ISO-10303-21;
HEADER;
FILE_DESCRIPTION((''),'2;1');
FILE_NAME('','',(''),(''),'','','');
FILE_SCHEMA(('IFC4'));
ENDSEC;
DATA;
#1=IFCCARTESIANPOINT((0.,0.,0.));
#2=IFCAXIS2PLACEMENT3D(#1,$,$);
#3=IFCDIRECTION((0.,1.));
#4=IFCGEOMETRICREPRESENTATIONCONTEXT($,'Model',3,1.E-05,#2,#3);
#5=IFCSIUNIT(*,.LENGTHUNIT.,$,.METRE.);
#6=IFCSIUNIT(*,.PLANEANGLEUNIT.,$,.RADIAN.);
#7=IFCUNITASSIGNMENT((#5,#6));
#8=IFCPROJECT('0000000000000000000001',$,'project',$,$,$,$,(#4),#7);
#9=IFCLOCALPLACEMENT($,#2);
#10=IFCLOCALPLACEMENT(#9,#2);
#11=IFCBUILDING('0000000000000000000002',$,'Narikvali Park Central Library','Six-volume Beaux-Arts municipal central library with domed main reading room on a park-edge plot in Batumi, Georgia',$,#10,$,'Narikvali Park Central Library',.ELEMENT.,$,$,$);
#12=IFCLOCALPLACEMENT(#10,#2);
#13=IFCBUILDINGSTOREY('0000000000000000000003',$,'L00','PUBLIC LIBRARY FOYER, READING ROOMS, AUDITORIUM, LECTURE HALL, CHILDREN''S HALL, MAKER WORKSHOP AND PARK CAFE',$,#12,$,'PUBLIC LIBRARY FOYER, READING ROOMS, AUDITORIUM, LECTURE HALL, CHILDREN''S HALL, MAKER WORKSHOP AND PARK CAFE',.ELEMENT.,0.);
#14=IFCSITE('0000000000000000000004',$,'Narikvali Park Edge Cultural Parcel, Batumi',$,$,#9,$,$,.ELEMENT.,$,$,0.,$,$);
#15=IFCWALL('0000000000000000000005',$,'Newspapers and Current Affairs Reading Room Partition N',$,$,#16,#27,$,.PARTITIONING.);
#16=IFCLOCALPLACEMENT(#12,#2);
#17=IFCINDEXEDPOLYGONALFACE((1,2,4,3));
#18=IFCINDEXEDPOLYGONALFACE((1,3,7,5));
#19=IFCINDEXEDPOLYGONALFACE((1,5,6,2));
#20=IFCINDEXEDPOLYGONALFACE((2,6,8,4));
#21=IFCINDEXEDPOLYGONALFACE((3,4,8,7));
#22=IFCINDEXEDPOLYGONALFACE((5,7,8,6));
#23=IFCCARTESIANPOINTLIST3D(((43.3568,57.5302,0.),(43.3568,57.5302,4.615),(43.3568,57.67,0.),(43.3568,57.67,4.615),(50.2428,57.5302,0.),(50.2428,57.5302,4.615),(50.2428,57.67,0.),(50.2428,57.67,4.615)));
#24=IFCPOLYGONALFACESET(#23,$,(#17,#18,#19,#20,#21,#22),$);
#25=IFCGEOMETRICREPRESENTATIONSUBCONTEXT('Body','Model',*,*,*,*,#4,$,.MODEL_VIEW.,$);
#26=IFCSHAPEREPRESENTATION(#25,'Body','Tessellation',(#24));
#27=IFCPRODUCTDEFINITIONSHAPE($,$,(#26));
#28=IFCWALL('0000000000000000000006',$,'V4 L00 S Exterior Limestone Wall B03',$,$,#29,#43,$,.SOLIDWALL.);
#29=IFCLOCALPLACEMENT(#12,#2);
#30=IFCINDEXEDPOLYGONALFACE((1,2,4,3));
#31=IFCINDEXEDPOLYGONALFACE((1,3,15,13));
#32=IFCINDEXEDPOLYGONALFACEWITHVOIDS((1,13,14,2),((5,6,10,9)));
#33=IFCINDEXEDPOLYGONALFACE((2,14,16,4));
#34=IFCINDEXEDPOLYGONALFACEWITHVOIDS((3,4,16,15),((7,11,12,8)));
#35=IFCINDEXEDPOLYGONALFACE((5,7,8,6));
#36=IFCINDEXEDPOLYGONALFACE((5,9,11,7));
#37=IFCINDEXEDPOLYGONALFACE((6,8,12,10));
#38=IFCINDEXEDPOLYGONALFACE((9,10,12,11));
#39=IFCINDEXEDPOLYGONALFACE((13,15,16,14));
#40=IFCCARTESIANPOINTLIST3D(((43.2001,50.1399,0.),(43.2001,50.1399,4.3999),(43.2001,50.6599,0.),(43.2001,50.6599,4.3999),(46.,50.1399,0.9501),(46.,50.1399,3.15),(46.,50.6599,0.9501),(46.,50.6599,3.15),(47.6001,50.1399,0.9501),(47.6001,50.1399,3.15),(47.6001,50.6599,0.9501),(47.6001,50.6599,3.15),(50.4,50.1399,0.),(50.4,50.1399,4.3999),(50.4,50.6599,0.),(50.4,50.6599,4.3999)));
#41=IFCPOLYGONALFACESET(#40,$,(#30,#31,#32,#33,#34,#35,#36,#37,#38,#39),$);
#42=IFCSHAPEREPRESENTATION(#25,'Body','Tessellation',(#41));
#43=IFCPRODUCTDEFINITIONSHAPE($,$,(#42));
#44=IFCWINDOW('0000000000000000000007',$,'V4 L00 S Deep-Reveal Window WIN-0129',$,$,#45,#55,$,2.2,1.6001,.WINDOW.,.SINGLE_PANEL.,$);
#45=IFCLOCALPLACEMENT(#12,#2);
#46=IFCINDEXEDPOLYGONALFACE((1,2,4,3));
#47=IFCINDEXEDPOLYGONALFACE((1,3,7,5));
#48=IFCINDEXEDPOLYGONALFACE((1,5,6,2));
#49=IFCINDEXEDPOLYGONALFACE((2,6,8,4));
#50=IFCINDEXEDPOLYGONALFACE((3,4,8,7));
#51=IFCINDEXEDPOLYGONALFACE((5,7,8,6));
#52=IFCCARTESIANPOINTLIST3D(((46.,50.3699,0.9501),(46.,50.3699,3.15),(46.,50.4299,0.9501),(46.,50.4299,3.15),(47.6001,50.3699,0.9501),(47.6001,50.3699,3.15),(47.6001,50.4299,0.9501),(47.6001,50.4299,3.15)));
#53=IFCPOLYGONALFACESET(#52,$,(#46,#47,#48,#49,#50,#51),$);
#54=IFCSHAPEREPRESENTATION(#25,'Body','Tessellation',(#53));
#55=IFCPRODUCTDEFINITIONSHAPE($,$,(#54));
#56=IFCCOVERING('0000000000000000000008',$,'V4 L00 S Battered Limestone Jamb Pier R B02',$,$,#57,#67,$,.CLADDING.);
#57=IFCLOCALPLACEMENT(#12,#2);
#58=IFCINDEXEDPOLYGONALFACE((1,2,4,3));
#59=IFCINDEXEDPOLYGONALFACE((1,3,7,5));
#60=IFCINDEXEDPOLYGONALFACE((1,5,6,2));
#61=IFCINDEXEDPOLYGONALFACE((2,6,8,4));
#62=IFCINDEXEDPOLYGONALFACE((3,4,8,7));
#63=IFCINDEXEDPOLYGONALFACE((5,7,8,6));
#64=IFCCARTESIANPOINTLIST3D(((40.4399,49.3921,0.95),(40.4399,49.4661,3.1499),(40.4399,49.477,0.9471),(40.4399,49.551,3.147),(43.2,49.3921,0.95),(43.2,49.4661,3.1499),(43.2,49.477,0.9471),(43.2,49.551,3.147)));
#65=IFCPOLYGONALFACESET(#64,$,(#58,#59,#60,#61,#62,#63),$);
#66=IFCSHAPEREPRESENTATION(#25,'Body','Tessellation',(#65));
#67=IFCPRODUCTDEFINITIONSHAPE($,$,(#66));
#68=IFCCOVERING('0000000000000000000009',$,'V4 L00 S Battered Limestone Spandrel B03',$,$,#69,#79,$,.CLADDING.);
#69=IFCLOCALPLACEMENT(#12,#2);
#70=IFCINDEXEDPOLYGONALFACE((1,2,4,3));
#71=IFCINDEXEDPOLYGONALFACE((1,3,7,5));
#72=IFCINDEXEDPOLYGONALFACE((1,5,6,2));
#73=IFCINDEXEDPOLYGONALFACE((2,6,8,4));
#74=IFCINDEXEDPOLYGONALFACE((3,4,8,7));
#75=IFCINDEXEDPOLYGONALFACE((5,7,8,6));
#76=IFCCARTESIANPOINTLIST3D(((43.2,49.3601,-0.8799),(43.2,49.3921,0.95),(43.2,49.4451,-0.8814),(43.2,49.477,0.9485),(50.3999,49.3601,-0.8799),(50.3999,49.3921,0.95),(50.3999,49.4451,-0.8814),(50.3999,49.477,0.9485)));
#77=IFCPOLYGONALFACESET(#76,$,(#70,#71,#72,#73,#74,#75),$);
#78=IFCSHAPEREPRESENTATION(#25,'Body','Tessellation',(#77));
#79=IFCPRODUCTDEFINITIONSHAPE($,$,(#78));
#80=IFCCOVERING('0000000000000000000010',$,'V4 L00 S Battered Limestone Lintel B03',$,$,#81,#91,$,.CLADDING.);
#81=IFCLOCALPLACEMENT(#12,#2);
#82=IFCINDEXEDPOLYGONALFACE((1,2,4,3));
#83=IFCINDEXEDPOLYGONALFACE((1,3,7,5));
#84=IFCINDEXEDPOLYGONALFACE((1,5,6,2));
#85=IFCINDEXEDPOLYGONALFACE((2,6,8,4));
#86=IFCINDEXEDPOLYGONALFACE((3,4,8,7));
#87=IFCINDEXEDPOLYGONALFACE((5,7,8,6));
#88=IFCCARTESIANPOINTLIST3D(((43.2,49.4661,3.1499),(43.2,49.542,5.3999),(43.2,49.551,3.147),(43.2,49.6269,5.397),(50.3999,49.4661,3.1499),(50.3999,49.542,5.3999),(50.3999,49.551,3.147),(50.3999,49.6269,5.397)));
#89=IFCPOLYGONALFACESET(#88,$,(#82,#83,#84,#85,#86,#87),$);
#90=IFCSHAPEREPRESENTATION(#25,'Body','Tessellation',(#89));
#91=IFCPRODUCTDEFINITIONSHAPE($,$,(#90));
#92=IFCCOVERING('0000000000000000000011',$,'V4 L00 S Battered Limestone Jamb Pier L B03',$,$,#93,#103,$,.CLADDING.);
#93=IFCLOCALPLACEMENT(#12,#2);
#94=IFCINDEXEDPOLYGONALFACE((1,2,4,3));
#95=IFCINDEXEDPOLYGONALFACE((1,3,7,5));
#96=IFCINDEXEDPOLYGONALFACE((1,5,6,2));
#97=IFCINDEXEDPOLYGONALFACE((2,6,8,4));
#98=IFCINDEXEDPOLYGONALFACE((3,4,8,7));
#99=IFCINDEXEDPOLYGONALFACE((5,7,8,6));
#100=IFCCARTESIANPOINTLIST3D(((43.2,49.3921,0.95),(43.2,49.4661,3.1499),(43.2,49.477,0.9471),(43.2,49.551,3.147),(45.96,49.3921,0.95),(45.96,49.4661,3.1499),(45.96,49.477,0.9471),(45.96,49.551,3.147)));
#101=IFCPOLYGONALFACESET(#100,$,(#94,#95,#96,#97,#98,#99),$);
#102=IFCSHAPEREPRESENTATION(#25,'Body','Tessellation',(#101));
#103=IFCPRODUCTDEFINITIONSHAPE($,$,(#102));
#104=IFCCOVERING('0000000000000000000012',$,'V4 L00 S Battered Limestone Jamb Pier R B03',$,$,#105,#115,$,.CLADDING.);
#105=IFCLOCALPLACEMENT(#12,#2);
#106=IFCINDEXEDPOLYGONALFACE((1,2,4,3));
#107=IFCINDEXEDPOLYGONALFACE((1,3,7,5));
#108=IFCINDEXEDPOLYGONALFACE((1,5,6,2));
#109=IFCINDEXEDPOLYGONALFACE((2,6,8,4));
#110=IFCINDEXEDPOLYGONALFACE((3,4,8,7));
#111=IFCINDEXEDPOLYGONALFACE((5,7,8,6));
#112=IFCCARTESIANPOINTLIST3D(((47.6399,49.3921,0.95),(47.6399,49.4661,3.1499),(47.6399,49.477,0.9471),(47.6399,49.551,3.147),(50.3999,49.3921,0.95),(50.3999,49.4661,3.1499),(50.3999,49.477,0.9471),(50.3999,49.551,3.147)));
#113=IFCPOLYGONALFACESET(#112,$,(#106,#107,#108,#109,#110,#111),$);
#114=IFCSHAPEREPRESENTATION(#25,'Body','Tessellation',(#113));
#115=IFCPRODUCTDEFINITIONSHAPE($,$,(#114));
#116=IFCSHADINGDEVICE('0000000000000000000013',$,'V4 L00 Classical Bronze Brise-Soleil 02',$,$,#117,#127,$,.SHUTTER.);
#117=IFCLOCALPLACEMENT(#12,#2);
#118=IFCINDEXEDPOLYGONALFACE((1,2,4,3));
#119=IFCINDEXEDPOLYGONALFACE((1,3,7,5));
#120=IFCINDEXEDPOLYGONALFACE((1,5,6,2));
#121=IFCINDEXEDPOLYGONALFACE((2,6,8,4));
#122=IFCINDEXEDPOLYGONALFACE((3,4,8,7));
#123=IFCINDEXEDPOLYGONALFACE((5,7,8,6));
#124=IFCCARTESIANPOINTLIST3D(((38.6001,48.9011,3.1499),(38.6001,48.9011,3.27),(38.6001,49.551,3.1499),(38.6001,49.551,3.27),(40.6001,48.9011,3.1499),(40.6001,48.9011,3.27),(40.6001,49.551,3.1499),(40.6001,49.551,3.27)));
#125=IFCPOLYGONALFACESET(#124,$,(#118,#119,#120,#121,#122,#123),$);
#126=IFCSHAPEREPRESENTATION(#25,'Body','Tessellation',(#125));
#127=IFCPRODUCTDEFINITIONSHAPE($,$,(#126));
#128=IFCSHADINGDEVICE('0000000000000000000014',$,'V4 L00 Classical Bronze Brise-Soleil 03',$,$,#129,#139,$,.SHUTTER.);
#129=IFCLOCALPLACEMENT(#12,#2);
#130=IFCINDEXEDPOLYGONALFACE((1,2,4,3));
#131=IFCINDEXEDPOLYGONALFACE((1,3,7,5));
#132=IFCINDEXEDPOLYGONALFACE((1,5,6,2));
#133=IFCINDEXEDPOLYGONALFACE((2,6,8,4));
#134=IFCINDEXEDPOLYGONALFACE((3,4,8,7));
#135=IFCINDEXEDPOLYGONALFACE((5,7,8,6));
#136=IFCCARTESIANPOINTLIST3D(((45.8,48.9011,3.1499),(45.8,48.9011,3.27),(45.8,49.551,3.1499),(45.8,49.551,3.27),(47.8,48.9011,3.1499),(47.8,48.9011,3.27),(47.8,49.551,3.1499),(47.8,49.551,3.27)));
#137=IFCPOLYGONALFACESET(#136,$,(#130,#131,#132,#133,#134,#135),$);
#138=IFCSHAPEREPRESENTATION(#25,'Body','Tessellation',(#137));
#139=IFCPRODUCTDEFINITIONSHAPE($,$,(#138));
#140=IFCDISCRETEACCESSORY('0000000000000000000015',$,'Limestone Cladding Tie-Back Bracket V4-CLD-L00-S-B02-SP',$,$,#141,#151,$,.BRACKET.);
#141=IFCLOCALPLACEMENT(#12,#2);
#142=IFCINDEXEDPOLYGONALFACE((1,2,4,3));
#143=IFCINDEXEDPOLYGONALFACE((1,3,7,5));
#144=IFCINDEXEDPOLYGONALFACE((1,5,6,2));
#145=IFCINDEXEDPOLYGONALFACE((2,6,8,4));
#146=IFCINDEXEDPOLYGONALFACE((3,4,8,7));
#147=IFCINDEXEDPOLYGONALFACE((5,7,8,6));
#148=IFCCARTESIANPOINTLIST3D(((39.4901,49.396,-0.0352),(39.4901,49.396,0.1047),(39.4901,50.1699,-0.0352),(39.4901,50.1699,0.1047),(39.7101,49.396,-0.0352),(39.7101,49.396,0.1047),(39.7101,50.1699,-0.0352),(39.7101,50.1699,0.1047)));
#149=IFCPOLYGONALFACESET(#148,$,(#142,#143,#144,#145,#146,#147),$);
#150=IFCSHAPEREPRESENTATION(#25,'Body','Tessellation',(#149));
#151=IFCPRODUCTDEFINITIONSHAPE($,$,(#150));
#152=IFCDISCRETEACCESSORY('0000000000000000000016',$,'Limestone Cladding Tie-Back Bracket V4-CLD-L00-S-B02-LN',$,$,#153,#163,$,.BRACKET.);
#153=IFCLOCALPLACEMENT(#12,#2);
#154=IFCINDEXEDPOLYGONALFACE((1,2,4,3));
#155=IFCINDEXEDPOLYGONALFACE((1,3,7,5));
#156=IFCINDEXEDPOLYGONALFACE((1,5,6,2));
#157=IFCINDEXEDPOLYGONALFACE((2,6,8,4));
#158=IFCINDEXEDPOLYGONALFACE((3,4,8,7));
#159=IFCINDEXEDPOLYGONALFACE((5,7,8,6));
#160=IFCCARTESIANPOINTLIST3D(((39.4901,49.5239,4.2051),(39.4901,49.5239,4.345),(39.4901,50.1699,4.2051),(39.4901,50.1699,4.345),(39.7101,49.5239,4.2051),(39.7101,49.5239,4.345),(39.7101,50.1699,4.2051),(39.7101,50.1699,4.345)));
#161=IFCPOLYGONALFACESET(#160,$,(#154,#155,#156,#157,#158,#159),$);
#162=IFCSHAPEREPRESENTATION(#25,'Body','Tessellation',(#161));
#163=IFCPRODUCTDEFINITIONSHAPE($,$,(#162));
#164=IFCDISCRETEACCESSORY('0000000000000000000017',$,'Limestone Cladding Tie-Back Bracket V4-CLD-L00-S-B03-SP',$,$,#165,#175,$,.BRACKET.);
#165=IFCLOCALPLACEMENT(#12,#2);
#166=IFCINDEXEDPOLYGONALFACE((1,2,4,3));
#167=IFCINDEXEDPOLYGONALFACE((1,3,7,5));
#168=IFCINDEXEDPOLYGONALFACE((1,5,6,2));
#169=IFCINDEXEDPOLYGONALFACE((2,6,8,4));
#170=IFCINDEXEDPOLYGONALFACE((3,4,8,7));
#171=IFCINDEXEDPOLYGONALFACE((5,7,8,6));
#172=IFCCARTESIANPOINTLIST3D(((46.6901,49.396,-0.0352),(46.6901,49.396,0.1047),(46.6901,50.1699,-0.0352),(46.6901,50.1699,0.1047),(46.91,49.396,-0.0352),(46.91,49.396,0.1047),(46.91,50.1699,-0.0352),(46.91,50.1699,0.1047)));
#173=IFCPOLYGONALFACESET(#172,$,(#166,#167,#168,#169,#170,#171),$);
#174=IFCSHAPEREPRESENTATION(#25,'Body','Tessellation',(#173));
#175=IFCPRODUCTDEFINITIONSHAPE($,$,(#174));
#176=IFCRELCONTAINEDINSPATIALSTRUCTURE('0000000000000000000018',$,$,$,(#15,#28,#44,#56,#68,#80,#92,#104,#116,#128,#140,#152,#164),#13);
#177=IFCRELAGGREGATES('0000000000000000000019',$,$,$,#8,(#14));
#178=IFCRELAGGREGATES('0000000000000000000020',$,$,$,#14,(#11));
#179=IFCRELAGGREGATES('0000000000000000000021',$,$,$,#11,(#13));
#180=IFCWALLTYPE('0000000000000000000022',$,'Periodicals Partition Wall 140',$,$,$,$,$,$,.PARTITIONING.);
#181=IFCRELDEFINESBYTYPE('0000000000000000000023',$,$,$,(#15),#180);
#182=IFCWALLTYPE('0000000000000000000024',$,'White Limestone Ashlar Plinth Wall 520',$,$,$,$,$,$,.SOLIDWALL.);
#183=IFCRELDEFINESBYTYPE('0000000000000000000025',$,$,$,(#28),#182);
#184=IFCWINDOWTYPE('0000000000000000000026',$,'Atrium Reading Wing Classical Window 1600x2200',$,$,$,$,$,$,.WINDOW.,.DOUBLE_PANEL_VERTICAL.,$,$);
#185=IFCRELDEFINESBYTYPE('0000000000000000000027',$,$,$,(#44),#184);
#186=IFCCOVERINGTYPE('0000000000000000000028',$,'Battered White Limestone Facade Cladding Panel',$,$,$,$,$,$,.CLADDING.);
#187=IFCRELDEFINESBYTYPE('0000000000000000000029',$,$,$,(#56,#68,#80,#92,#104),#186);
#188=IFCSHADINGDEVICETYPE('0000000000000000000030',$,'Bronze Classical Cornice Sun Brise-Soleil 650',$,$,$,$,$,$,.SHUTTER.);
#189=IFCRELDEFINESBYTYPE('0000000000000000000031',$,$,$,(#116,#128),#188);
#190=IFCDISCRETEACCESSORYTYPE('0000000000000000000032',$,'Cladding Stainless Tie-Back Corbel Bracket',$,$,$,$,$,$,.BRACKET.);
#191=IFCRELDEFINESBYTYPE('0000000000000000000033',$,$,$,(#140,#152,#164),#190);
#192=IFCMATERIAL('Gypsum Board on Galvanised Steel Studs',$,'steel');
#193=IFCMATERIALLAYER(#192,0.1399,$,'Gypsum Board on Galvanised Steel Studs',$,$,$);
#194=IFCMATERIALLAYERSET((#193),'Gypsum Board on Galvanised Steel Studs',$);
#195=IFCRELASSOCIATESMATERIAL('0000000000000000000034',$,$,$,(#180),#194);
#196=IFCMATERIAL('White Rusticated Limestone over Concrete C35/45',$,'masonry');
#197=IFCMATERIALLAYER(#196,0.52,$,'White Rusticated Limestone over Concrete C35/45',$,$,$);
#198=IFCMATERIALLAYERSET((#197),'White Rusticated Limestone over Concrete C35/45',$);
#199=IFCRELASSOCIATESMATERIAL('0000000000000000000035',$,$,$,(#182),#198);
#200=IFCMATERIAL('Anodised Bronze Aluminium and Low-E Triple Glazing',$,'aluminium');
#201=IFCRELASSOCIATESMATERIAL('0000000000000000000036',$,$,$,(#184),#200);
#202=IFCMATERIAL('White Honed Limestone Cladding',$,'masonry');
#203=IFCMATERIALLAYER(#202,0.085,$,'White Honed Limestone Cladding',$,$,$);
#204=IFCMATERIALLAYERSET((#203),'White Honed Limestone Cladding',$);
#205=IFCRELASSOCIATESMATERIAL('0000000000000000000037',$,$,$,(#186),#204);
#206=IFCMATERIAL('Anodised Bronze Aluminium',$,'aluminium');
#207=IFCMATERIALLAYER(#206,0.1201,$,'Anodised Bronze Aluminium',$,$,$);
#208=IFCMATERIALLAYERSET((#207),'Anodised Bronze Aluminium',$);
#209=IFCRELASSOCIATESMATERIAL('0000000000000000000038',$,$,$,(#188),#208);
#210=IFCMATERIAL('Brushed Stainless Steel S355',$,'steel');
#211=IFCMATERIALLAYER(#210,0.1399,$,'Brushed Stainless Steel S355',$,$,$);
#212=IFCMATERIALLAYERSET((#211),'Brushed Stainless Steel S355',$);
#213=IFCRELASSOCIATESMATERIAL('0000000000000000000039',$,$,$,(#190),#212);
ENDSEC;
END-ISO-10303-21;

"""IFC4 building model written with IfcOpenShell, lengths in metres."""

from ifc_helpers import new_model, si_unit, direction, frame, frame_2d, origin, origin_2d, place, context, subcontext, project, spatial, polyline, rectangle, outline, extrude, material, layer, layer_set, type_object, element, fill, save


model = new_model("IFC4")

# Units and contexts
model_context = context("Model", 3, precision=1e-05, world=origin(), true_north=direction((0.0, 1.0)))
body_context = subcontext(model_context, "Body", "Model", "MODEL_VIEW")
ifc_project = project(units=[si_unit("LENGTHUNIT", "METRE"), si_unit("PLANEANGLEUNIT", "RADIAN")], contexts=[model_context])

# Site, building, storey
site_placement = place(None, origin())
site = spatial("IfcSite", under=ifc_project, at=site_placement, Name="Narikvali Park Edge Cultural Parcel, Batumi", CompositionType="ELEMENT", RefElevation=0.0)
building_placement = place(site_placement, origin())
building = spatial("IfcBuilding", under=site, at=building_placement, Name="Narikvali Park Central Library", Description="Six-volume Beaux-Arts municipal central library with domed main reading room on a park-edge plot in Batumi, Georgia", LongName="Narikvali Park Central Library", CompositionType="ELEMENT")
storey_placement = place(building_placement, origin())
storey = spatial("IfcBuildingStorey", under=building, at=storey_placement, Name="L00", Description="PUBLIC LIBRARY FOYER, READING ROOMS, AUDITORIUM, LECTURE HALL, CHILDREN'S HALL, MAKER WORKSHOP AND PARK CAFE", LongName="PUBLIC LIBRARY FOYER, READING ROOMS, AUDITORIUM, LECTURE HALL, CHILDREN'S HALL, MAKER WORKSHOP AND PARK CAFE", CompositionType="ELEMENT", Elevation=0.0)

# Wall
ifc_material_1 = material(Name="Gypsum Board on Galvanised Steel Studs", Category="steel")
ifc_layer_1 = layer(ifc_material_1, 0.1399, Name="Gypsum Board on Galvanised Steel Studs")
ifc_layer_set_1 = layer_set([ifc_layer_1], Name="Gypsum Board on Galvanised Steel Studs")
wall_type_1 = type_object("IfcWallType", Name="Periodicals Partition Wall 140", PredefinedType="PARTITIONING", material=ifc_layer_set_1)
wall_1_placement = place(storey_placement, frame((43.3569, 57.6001, 0.0), z_axis=(0.0, 0.0, 1.0), x_axis=(1.0, 0.0, 0.0)))
element("IfcWall", 1, at=wall_1_placement, inside=storey, type_object=wall_type_1, Name="Newspapers and Current Affairs Reading Room Partition N", PredefinedType="PARTITIONING", context=body_context, shape_type="SweptSolid", body=[
    extrude(rectangle(XDim=6.886, YDim=0.1399, at=frame_2d((3.4429, 0.0))), origin(), (0.0, 0.0, 1.0), 4.615),
])

# Wall, opening, window
ifc_material_2 = material(Name="White Rusticated Limestone over Concrete C35/45", Category="masonry")
ifc_layer_2 = layer(ifc_material_2, 0.52, Name="White Rusticated Limestone over Concrete C35/45")
ifc_layer_set_2 = layer_set([ifc_layer_2], Name="White Rusticated Limestone over Concrete C35/45")
wall_type_2 = type_object("IfcWallType", Name="White Limestone Ashlar Plinth Wall 520", PredefinedType="SOLIDWALL", material=ifc_layer_set_2)
wall_2_placement = place(storey_placement, frame((43.2, 50.3999, 0.0), z_axis=(0.0, 0.0, 1.0), x_axis=(1.0, 0.0, 0.0)))
wall_2 = element("IfcWall", 2, at=wall_2_placement, inside=storey, type_object=wall_type_2, Name="V4 L00 S Exterior Limestone Wall B03", PredefinedType="SOLIDWALL", context=body_context, shape_type="SweptSolid", body=[
    extrude(rectangle(XDim=7.2, YDim=0.52, at=frame_2d((3.6001, 0.0))), origin(), (0.0, 0.0, 1.0), 4.3999),
])
opening_placement = place(wall_2_placement, frame((2.8, 0.0, 0.95)))
opening = element("IfcOpeningElement", 3, at=opening_placement, cuts=wall_2, PredefinedType="OPENING", context=body_context, shape_type="SweptSolid", body=[
    extrude(rectangle(XDim=1.6001, YDim=2.2, at=frame_2d((0.8, 1.1001))), frame((0.0, 0.272, 0.0), z_axis=(0.0, -1.0, 0.0), x_axis=(1.0, 0.0, 0.0)), (0.0, 0.0, 1.0), 0.5439),
])
ifc_material_3 = material(Name="Anodised Bronze Aluminium and Low-E Triple Glazing", Category="aluminium")
window_type = type_object("IfcWindowType", Name="Atrium Reading Wing Classical Window 1600x2200", PartitioningType="DOUBLE_PANEL_VERTICAL", PredefinedType="WINDOW", material=ifc_material_3)
window_placement = place(opening_placement, origin())
window = element("IfcWindow", 4, at=window_placement, inside=storey, type_object=window_type, Name="V4 L00 S Deep-Reveal Window WIN-0129", OverallHeight=2.2, OverallWidth=1.6001, PartitioningType="SINGLE_PANEL", PredefinedType="WINDOW", context=body_context, shape_type="SweptSolid", body=[
    extrude(rectangle(XDim=1.6001, YDim=2.2, at=frame_2d((0.8, 1.1001))), frame((0.0, 0.03, 0.0), z_axis=(0.0, -1.0, 0.0), x_axis=(1.0, 0.0, 0.0)), (0.0, 0.0, 1.0), 0.0601),
])
fill(opening, window)

# Coverings
ifc_material_4 = material(Name="White Honed Limestone Cladding", Category="masonry")
ifc_layer_3 = layer(ifc_material_4, 0.085, Name="White Honed Limestone Cladding")
ifc_layer_set_3 = layer_set([ifc_layer_3], Name="White Honed Limestone Cladding")
covering_type = type_object("IfcCoveringType", Name="Battered White Limestone Facade Cladding Panel", PredefinedType="CLADDING", material=ifc_layer_set_3)
covering_1_placement = place(storey_placement, frame((40.4399, 49.3921, 0.95), z_axis=(0.0, -0.999435, 0.033607), x_axis=(1.0, 0.0, 0.0)))
element("IfcCovering", 5, at=covering_1_placement, inside=storey, type_object=covering_type, Name="V4 L00 S Battered Limestone Jamb Pier R B02", PredefinedType="CLADDING", context=body_context, shape_type="SweptSolid", body=[
    extrude(outline(polyline([(0.0, 0.0), (2.76, 0.0), (2.76, 2.2012), (0.0, 2.2012), (0.0, 0.0)])), origin(), (0.0, 0.0, -1.0), 0.085),
])
covering_2_placement = place(storey_placement, frame((43.2, 49.3601, -0.8799), z_axis=(0.0, -0.999847, 0.017476), x_axis=(1.0, 0.0, 0.0)))
element("IfcCovering", 6, at=covering_2_placement, inside=storey, type_object=covering_type, Name="V4 L00 S Battered Limestone Spandrel B03", PredefinedType="CLADDING", context=body_context, shape_type="SweptSolid", body=[
    extrude(outline(polyline([(0.0, 0.0), (7.2, 0.0), (7.2, 1.8301), (0.0, 1.8301), (0.0, 0.0)])), origin(), (0.0, 0.0, -1.0), 0.085),
])
covering_3_placement = place(storey_placement, frame((43.2, 49.4661, 3.1499), z_axis=(0.0, -0.999431, 0.033726), x_axis=(1.0, 0.0, 0.0)))
element("IfcCovering", 7, at=covering_3_placement, inside=storey, type_object=covering_type, Name="V4 L00 S Battered Limestone Lintel B03", PredefinedType="CLADDING", context=body_context, shape_type="SweptSolid", body=[
    extrude(outline(polyline([(0.0, 0.0), (7.2, 0.0), (7.2, 2.2513), (0.0, 2.2513), (0.0, 0.0)])), origin(), (0.0, 0.0, -1.0), 0.085),
])
for number, where, z_axis, x_axis, name in (
    (8, (43.2, 49.3921, 0.95), (0.0, -0.999435, 0.033607), (1.0, 0.0, 0.0), "V4 L00 S Battered Limestone Jamb Pier L B03"),
    (9, (47.6399, 49.3921, 0.95), (0.0, -0.999435, 0.033607), (1.0, 0.0, 0.0), "V4 L00 S Battered Limestone Jamb Pier R B03"),
):
    element("IfcCovering", number, at=place(storey_placement, frame(where, z_axis=z_axis, x_axis=x_axis)), inside=storey, type_object=covering_type, Name=name, PredefinedType="CLADDING", context=body_context, shape_type="SweptSolid", body=[
        extrude(outline(polyline([(0.0, 0.0), (2.76, 0.0), (2.76, 2.2012), (0.0, 2.2012), (0.0, 0.0)])), origin(), (0.0, 0.0, -1.0), 0.085),
    ])

# Shading devices
ifc_material_5 = material(Name="Anodised Bronze Aluminium", Category="aluminium")
ifc_layer_4 = layer(ifc_material_5, 0.1201, Name="Anodised Bronze Aluminium")
ifc_layer_set_4 = layer_set([ifc_layer_4], Name="Anodised Bronze Aluminium")
shading_device_type = type_object("IfcShadingDeviceType", Name="Bronze Classical Cornice Sun Brise-Soleil 650", PredefinedType="SHUTTER", material=ifc_layer_set_4)
for number, where, z_axis, x_axis, name in (
    (10, (39.6001, 49.2261, 3.1499), (0.0, 0.0, 1.0), (1.0, 0.0, 0.0), "V4 L00 Classical Bronze Brise-Soleil 02"),
    (11, (46.8, 49.2261, 3.1499), (0.0, 0.0, 1.0), (1.0, 0.0, 0.0), "V4 L00 Classical Bronze Brise-Soleil 03"),
):
    element("IfcShadingDevice", number, at=place(storey_placement, frame(where, z_axis=z_axis, x_axis=x_axis)), inside=storey, type_object=shading_device_type, Name=name, PredefinedType="SHUTTER", context=body_context, shape_type="SweptSolid", body=[
        extrude(rectangle(XDim=2.0, YDim=0.6499, at=origin_2d()), origin(), (0.0, 0.0, 1.0), 0.1201),
    ])

# Discrete accessories
ifc_material_6 = material(Name="Brushed Stainless Steel S355", Category="steel")
ifc_layer_5 = layer(ifc_material_6, 0.1399, Name="Brushed Stainless Steel S355")
ifc_layer_set_5 = layer_set([ifc_layer_5], Name="Brushed Stainless Steel S355")
discrete_accessory_type = type_object("IfcDiscreteAccessoryType", Name="Cladding Stainless Tie-Back Corbel Bracket", PredefinedType="BRACKET", material=ifc_layer_set_5)
discrete_accessory_1_placement = place(storey_placement, frame((39.6001, 49.783, -0.0352), z_axis=(0.0, 0.0, 1.0), x_axis=(1.0, 0.0, 0.0)))
element("IfcDiscreteAccessory", 12, at=discrete_accessory_1_placement, inside=storey, type_object=discrete_accessory_type, Name="Limestone Cladding Tie-Back Bracket V4-CLD-L00-S-B02-SP", PredefinedType="BRACKET", context=body_context, shape_type="SweptSolid", body=[
    extrude(rectangle(XDim=0.22, YDim=0.7739, at=origin_2d()), origin(), (0.0, 0.0, 1.0), 0.1399),
])
discrete_accessory_2_placement = place(storey_placement, frame((39.6001, 49.8469, 4.2051), z_axis=(0.0, 0.0, 1.0), x_axis=(1.0, 0.0, 0.0)))
element("IfcDiscreteAccessory", 13, at=discrete_accessory_2_placement, inside=storey, type_object=discrete_accessory_type, Name="Limestone Cladding Tie-Back Bracket V4-CLD-L00-S-B02-LN", PredefinedType="BRACKET", context=body_context, shape_type="SweptSolid", body=[
    extrude(rectangle(XDim=0.22, YDim=0.646, at=origin_2d()), origin(), (0.0, 0.0, 1.0), 0.1399),
])
discrete_accessory_3_placement = place(storey_placement, frame((46.8, 49.783, -0.0352), z_axis=(0.0, 0.0, 1.0), x_axis=(1.0, 0.0, 0.0)))
element("IfcDiscreteAccessory", 14, at=discrete_accessory_3_placement, inside=storey, type_object=discrete_accessory_type, Name="Limestone Cladding Tie-Back Bracket V4-CLD-L00-S-B03-SP", PredefinedType="BRACKET", context=body_context, shape_type="SweptSolid", body=[
    extrude(rectangle(XDim=0.22, YDim=0.7739, at=origin_2d()), origin(), (0.0, 0.0, 1.0), 0.1399),
])

save(model, "model.ifc")
